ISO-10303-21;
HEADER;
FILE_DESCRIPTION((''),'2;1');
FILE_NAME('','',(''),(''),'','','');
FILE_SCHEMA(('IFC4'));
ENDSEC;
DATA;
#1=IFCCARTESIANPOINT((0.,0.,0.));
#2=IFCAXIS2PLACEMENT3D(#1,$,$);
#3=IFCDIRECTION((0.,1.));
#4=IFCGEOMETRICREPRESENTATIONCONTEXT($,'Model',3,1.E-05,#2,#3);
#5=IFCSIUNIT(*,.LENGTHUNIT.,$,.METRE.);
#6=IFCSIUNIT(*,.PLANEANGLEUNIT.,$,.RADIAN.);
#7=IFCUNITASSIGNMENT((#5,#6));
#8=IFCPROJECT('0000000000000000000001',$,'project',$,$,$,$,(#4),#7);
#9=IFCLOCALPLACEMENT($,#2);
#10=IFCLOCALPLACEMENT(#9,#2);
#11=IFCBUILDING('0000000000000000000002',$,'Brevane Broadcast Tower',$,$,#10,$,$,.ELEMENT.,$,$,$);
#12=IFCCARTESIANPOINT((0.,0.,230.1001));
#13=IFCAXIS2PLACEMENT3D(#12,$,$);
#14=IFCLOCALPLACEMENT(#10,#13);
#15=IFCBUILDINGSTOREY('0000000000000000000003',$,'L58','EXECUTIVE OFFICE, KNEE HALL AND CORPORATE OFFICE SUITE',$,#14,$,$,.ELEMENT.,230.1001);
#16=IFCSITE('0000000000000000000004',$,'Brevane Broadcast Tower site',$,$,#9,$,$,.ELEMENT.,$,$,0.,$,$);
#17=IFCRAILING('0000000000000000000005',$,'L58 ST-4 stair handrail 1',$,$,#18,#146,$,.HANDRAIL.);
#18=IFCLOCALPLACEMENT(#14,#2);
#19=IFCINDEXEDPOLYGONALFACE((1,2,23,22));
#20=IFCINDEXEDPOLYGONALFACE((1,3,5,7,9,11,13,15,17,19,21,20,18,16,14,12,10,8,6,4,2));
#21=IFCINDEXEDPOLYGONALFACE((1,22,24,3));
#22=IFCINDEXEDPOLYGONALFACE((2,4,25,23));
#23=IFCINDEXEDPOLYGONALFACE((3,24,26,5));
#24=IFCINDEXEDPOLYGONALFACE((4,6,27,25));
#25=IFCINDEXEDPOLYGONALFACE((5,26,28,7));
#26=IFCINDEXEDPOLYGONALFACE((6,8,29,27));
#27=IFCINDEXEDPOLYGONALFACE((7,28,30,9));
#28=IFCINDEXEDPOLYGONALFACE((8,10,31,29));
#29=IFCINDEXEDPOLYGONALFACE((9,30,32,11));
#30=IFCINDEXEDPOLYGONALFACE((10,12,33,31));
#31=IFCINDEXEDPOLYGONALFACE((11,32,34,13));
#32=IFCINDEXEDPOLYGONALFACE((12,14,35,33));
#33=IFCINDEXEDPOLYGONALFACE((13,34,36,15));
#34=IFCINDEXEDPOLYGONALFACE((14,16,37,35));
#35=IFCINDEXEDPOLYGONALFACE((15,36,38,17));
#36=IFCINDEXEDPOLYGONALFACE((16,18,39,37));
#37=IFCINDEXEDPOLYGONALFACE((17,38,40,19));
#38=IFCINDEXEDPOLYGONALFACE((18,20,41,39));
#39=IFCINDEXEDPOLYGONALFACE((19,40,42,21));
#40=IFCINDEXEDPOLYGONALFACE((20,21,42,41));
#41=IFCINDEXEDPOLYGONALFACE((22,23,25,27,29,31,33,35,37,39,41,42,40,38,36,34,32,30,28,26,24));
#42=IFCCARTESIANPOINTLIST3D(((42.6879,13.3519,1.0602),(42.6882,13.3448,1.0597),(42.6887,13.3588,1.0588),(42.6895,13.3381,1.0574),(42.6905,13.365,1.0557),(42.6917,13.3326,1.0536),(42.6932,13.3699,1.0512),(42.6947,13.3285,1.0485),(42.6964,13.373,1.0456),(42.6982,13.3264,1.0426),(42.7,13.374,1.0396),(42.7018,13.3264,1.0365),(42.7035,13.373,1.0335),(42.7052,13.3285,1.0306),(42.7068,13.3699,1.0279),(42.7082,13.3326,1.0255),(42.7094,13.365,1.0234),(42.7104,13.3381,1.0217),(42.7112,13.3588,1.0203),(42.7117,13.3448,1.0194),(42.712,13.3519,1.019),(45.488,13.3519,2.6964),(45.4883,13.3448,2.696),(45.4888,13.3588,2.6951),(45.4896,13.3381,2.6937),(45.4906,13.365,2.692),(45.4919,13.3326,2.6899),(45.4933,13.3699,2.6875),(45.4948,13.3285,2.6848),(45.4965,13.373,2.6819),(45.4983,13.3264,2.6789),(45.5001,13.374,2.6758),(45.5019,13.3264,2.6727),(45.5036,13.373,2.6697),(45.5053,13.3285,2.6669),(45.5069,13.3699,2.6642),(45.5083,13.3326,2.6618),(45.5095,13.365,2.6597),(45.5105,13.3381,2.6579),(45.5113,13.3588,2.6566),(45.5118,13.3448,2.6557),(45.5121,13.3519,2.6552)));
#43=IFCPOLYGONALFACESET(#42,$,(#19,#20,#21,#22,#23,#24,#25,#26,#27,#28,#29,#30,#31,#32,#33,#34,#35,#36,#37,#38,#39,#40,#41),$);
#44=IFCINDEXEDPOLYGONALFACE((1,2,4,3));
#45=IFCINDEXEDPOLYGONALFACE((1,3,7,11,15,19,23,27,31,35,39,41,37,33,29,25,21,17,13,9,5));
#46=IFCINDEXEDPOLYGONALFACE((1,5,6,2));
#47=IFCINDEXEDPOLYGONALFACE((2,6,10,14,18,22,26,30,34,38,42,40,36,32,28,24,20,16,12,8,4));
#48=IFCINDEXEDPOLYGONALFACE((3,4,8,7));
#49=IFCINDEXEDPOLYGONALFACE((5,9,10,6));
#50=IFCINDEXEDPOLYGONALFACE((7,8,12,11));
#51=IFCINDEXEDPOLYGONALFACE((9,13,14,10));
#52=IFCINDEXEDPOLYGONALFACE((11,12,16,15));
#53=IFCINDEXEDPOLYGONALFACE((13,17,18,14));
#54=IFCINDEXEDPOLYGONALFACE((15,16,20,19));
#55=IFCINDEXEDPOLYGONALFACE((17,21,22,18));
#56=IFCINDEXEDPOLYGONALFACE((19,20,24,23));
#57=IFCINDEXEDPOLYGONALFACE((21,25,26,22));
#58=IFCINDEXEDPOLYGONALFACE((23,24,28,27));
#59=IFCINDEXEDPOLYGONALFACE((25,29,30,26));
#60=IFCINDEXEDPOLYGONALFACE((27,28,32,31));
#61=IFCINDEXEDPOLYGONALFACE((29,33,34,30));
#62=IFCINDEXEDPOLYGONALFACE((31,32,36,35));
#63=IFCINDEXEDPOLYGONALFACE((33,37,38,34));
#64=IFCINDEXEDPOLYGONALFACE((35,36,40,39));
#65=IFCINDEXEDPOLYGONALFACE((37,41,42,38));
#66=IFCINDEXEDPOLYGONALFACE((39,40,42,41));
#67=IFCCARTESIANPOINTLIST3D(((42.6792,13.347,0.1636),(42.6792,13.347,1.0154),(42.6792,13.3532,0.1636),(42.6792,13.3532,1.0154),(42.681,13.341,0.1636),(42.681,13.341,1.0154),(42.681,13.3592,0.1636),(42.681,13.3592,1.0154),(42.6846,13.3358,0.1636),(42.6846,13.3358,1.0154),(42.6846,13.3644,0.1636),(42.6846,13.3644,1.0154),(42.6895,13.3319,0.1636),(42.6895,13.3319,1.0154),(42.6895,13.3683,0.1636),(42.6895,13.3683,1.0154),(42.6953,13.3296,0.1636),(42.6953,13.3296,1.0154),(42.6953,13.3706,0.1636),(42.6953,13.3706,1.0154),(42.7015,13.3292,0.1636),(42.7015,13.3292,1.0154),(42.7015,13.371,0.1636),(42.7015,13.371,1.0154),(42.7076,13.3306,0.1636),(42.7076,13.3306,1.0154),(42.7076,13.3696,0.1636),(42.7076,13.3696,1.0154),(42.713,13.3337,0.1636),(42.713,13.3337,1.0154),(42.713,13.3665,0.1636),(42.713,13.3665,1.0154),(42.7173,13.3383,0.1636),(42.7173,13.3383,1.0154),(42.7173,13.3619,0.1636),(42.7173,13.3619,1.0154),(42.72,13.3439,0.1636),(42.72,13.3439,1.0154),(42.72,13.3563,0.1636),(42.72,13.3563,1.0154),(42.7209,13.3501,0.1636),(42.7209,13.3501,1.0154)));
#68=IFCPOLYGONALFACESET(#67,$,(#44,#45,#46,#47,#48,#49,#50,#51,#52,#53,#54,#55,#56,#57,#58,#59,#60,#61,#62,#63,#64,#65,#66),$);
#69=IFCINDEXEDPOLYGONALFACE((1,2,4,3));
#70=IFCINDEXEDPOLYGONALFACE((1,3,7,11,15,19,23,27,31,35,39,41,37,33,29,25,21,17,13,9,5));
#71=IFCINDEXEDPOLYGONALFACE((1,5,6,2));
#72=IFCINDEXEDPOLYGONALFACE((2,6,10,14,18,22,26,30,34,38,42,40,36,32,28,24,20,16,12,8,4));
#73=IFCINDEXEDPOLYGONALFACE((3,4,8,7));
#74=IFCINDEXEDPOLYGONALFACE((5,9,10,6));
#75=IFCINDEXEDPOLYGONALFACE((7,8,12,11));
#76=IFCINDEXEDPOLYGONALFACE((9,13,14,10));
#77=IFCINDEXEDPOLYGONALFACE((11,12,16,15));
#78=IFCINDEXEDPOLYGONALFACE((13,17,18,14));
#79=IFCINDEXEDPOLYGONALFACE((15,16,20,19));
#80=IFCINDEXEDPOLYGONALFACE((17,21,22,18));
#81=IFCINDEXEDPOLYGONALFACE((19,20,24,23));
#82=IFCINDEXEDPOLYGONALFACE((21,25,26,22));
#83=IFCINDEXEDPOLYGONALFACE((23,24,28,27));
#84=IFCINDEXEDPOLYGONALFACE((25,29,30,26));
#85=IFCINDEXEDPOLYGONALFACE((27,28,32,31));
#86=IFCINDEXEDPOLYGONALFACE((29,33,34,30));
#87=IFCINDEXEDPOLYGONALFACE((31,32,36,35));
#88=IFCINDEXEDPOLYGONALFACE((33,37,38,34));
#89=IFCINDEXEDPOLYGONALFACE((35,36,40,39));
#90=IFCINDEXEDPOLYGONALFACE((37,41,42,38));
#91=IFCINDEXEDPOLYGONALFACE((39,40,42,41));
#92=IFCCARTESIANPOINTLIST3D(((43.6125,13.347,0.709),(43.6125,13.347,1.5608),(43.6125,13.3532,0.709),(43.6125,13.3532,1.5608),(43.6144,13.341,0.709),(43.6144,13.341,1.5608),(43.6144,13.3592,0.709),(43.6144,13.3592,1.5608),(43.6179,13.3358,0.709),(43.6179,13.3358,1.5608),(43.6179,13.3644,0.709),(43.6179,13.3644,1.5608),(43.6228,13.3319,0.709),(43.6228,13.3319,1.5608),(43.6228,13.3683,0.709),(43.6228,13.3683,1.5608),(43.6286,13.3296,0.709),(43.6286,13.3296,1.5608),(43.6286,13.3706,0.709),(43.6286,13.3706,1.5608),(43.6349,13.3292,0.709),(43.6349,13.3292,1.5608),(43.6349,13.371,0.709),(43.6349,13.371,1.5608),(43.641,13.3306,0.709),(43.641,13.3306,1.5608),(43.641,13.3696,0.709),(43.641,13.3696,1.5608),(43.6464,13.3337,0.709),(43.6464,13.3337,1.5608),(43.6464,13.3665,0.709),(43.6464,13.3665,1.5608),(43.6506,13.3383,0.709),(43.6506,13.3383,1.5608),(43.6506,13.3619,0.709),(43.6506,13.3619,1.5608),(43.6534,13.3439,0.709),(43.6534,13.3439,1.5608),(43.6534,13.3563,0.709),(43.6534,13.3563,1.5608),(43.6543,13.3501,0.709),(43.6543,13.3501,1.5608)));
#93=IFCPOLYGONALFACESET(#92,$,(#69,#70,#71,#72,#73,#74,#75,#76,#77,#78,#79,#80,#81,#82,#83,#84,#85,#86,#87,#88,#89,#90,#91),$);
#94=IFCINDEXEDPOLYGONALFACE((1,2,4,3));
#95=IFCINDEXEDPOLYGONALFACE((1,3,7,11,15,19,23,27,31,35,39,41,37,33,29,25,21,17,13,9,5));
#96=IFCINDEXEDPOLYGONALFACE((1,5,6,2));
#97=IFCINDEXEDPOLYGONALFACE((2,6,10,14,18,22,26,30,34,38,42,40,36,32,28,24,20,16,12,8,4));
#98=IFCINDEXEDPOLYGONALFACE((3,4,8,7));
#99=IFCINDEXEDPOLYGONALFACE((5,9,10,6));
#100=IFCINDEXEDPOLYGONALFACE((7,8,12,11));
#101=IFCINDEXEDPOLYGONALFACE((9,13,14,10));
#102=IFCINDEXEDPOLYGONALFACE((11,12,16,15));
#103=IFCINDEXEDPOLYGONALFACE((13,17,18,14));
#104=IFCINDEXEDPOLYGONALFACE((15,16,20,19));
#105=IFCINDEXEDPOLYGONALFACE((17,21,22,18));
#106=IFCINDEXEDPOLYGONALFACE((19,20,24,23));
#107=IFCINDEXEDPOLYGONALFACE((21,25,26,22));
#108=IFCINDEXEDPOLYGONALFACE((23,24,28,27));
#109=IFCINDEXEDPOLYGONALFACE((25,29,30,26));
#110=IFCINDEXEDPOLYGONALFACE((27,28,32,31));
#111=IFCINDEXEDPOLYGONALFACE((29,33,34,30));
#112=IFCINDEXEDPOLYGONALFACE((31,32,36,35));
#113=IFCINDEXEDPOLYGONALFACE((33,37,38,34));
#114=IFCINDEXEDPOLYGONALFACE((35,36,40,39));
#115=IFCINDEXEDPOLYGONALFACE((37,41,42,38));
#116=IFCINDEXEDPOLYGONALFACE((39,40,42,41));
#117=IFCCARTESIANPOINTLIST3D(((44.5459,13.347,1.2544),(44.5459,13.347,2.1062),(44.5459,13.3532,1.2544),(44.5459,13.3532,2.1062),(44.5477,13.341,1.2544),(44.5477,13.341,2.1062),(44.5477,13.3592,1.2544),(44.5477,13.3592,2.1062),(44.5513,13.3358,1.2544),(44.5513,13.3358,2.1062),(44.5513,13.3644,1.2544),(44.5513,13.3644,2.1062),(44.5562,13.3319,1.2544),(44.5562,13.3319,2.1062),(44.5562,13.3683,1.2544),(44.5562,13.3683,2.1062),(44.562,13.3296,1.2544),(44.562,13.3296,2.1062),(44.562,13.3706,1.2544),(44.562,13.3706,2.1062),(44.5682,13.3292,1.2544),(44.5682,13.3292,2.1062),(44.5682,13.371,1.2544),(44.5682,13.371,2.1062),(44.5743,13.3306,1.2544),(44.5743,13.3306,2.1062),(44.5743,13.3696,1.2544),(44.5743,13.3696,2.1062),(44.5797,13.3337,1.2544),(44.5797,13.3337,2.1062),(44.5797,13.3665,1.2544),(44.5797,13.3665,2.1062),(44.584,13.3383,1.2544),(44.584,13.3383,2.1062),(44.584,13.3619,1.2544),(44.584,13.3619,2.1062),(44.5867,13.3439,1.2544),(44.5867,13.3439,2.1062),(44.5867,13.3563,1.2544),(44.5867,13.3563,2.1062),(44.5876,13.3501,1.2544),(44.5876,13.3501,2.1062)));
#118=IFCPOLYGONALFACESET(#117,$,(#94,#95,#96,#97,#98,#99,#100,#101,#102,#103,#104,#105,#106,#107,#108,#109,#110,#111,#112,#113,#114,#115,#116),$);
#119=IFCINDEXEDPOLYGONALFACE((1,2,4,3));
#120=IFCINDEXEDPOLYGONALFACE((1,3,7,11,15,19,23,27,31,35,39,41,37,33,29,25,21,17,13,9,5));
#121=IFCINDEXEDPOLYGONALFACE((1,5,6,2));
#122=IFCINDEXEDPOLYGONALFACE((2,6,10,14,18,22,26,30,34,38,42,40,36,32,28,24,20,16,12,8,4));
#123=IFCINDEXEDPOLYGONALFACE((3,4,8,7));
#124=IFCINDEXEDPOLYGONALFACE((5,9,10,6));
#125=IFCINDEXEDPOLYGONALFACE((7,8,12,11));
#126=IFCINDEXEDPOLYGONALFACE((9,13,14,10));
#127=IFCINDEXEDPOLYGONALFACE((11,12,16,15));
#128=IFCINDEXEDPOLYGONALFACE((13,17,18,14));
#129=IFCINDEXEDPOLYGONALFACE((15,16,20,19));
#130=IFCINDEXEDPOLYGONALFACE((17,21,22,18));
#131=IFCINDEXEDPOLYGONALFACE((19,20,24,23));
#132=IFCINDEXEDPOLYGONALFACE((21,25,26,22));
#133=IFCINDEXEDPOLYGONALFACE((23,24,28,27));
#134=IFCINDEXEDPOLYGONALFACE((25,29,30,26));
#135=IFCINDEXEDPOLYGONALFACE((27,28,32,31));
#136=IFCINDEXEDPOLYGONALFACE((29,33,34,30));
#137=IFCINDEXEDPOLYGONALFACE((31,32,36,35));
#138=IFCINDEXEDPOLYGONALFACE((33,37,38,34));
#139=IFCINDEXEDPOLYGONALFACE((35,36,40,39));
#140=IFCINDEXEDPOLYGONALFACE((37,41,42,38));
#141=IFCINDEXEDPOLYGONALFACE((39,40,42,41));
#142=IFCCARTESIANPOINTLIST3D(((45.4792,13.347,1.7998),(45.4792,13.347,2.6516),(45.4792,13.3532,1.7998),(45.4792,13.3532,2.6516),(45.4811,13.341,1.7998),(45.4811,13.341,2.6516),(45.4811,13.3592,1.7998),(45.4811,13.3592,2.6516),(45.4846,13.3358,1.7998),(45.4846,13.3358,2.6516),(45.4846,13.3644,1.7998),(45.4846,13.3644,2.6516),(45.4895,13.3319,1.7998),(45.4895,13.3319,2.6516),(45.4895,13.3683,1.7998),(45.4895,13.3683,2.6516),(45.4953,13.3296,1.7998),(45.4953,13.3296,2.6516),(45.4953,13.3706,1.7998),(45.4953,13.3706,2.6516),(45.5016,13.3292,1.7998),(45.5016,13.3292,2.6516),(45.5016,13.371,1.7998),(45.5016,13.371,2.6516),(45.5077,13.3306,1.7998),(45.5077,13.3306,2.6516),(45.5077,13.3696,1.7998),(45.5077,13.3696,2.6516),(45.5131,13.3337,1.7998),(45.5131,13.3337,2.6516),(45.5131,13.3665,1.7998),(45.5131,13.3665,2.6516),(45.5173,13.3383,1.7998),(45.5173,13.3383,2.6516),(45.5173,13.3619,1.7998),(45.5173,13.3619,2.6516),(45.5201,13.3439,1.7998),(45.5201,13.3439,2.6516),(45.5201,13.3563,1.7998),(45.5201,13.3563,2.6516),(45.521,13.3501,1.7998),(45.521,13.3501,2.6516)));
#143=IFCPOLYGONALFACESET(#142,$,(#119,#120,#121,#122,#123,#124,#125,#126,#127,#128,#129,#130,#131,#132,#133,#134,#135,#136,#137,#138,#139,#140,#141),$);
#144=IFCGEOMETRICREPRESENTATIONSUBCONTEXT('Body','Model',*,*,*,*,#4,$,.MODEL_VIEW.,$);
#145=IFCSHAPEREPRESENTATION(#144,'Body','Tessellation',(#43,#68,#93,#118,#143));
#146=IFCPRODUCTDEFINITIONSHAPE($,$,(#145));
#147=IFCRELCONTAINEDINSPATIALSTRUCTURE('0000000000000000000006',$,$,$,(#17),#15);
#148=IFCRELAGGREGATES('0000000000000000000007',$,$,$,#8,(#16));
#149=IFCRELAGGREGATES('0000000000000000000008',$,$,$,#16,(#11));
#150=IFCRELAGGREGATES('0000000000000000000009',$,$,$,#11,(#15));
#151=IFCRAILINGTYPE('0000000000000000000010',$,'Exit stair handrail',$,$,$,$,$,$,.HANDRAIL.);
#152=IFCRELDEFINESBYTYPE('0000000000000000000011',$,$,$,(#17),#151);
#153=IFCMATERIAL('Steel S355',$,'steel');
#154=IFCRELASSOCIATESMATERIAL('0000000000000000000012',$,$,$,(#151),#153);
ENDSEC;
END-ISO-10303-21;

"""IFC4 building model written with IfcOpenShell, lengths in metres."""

from ifc_helpers import new_model, si_unit, direction, frame, origin, origin_2d, place, context, subcontext, project, spatial, circle, extrude, material, type_object, element, save


model = new_model("IFC4")

# Units and contexts
model_context = context("Model", 3, precision=1e-05, world=origin(), true_north=direction((0.0, 1.0)))
body_context = subcontext(model_context, "Body", "Model", "MODEL_VIEW")
ifc_project = project(units=[si_unit("LENGTHUNIT", "METRE"), si_unit("PLANEANGLEUNIT", "RADIAN")], contexts=[model_context])

# Site, building, storey
site_placement = place(None, origin())
site = spatial("IfcSite", under=ifc_project, at=site_placement, Name="Brevane Broadcast Tower site", CompositionType="ELEMENT", RefElevation=0.0)
building_placement = place(site_placement, origin())
building = spatial("IfcBuilding", under=site, at=building_placement, Name="Brevane Broadcast Tower", CompositionType="ELEMENT")
storey_placement = place(building_placement, frame((0.0, 0.0, 230.1001)))
storey = spatial("IfcBuildingStorey", under=building, at=storey_placement, Name="L58", Description="EXECUTIVE OFFICE, KNEE HALL AND CORPORATE OFFICE SUITE", CompositionType="ELEMENT", Elevation=230.1001)

# Railing
ifc_material_1 = material(Name="Steel S355", Category="steel")
railing_type_1 = type_object("IfcRailingType", Name="Exit stair handrail", PredefinedType="HANDRAIL", material=ifc_material_1)
railing_1_placement = place(storey_placement, frame((42.7, 13.3501, 0.1636)))
element("IfcRailing", 1, at=railing_1_placement, inside=storey, type_object=railing_type_1, Name="L58 ST-4 stair handrail 1", PredefinedType="HANDRAIL", context=body_context, shape_type="SweptSolid", body=[
    extrude(circle(Radius=0.0239, at=origin_2d()), frame((0.0, 0.0, 0.876), z_axis=(0.863394, 0.0, 0.504531), x_axis=(0.0, 1.0, 0.0)), (0.0, 0.0, 1.0), 3.2432),
    extrude(circle(Radius=0.021, at=origin_2d()), origin(), (0.0, 0.0, 1.0), 0.8518),
    extrude(circle(Radius=0.021, at=origin_2d()), frame((0.9333, 0.0, 0.5454)), (0.0, 0.0, 1.0), 0.8518),
    extrude(circle(Radius=0.021, at=origin_2d()), frame((1.8667, 0.0, 1.0908)), (0.0, 0.0, 1.0), 0.8518),
    extrude(circle(Radius=0.021, at=origin_2d()), frame((2.8, 0.0, 1.6362)), (0.0, 0.0, 1.0), 0.8518),
])

save(model, "model.ifc")
